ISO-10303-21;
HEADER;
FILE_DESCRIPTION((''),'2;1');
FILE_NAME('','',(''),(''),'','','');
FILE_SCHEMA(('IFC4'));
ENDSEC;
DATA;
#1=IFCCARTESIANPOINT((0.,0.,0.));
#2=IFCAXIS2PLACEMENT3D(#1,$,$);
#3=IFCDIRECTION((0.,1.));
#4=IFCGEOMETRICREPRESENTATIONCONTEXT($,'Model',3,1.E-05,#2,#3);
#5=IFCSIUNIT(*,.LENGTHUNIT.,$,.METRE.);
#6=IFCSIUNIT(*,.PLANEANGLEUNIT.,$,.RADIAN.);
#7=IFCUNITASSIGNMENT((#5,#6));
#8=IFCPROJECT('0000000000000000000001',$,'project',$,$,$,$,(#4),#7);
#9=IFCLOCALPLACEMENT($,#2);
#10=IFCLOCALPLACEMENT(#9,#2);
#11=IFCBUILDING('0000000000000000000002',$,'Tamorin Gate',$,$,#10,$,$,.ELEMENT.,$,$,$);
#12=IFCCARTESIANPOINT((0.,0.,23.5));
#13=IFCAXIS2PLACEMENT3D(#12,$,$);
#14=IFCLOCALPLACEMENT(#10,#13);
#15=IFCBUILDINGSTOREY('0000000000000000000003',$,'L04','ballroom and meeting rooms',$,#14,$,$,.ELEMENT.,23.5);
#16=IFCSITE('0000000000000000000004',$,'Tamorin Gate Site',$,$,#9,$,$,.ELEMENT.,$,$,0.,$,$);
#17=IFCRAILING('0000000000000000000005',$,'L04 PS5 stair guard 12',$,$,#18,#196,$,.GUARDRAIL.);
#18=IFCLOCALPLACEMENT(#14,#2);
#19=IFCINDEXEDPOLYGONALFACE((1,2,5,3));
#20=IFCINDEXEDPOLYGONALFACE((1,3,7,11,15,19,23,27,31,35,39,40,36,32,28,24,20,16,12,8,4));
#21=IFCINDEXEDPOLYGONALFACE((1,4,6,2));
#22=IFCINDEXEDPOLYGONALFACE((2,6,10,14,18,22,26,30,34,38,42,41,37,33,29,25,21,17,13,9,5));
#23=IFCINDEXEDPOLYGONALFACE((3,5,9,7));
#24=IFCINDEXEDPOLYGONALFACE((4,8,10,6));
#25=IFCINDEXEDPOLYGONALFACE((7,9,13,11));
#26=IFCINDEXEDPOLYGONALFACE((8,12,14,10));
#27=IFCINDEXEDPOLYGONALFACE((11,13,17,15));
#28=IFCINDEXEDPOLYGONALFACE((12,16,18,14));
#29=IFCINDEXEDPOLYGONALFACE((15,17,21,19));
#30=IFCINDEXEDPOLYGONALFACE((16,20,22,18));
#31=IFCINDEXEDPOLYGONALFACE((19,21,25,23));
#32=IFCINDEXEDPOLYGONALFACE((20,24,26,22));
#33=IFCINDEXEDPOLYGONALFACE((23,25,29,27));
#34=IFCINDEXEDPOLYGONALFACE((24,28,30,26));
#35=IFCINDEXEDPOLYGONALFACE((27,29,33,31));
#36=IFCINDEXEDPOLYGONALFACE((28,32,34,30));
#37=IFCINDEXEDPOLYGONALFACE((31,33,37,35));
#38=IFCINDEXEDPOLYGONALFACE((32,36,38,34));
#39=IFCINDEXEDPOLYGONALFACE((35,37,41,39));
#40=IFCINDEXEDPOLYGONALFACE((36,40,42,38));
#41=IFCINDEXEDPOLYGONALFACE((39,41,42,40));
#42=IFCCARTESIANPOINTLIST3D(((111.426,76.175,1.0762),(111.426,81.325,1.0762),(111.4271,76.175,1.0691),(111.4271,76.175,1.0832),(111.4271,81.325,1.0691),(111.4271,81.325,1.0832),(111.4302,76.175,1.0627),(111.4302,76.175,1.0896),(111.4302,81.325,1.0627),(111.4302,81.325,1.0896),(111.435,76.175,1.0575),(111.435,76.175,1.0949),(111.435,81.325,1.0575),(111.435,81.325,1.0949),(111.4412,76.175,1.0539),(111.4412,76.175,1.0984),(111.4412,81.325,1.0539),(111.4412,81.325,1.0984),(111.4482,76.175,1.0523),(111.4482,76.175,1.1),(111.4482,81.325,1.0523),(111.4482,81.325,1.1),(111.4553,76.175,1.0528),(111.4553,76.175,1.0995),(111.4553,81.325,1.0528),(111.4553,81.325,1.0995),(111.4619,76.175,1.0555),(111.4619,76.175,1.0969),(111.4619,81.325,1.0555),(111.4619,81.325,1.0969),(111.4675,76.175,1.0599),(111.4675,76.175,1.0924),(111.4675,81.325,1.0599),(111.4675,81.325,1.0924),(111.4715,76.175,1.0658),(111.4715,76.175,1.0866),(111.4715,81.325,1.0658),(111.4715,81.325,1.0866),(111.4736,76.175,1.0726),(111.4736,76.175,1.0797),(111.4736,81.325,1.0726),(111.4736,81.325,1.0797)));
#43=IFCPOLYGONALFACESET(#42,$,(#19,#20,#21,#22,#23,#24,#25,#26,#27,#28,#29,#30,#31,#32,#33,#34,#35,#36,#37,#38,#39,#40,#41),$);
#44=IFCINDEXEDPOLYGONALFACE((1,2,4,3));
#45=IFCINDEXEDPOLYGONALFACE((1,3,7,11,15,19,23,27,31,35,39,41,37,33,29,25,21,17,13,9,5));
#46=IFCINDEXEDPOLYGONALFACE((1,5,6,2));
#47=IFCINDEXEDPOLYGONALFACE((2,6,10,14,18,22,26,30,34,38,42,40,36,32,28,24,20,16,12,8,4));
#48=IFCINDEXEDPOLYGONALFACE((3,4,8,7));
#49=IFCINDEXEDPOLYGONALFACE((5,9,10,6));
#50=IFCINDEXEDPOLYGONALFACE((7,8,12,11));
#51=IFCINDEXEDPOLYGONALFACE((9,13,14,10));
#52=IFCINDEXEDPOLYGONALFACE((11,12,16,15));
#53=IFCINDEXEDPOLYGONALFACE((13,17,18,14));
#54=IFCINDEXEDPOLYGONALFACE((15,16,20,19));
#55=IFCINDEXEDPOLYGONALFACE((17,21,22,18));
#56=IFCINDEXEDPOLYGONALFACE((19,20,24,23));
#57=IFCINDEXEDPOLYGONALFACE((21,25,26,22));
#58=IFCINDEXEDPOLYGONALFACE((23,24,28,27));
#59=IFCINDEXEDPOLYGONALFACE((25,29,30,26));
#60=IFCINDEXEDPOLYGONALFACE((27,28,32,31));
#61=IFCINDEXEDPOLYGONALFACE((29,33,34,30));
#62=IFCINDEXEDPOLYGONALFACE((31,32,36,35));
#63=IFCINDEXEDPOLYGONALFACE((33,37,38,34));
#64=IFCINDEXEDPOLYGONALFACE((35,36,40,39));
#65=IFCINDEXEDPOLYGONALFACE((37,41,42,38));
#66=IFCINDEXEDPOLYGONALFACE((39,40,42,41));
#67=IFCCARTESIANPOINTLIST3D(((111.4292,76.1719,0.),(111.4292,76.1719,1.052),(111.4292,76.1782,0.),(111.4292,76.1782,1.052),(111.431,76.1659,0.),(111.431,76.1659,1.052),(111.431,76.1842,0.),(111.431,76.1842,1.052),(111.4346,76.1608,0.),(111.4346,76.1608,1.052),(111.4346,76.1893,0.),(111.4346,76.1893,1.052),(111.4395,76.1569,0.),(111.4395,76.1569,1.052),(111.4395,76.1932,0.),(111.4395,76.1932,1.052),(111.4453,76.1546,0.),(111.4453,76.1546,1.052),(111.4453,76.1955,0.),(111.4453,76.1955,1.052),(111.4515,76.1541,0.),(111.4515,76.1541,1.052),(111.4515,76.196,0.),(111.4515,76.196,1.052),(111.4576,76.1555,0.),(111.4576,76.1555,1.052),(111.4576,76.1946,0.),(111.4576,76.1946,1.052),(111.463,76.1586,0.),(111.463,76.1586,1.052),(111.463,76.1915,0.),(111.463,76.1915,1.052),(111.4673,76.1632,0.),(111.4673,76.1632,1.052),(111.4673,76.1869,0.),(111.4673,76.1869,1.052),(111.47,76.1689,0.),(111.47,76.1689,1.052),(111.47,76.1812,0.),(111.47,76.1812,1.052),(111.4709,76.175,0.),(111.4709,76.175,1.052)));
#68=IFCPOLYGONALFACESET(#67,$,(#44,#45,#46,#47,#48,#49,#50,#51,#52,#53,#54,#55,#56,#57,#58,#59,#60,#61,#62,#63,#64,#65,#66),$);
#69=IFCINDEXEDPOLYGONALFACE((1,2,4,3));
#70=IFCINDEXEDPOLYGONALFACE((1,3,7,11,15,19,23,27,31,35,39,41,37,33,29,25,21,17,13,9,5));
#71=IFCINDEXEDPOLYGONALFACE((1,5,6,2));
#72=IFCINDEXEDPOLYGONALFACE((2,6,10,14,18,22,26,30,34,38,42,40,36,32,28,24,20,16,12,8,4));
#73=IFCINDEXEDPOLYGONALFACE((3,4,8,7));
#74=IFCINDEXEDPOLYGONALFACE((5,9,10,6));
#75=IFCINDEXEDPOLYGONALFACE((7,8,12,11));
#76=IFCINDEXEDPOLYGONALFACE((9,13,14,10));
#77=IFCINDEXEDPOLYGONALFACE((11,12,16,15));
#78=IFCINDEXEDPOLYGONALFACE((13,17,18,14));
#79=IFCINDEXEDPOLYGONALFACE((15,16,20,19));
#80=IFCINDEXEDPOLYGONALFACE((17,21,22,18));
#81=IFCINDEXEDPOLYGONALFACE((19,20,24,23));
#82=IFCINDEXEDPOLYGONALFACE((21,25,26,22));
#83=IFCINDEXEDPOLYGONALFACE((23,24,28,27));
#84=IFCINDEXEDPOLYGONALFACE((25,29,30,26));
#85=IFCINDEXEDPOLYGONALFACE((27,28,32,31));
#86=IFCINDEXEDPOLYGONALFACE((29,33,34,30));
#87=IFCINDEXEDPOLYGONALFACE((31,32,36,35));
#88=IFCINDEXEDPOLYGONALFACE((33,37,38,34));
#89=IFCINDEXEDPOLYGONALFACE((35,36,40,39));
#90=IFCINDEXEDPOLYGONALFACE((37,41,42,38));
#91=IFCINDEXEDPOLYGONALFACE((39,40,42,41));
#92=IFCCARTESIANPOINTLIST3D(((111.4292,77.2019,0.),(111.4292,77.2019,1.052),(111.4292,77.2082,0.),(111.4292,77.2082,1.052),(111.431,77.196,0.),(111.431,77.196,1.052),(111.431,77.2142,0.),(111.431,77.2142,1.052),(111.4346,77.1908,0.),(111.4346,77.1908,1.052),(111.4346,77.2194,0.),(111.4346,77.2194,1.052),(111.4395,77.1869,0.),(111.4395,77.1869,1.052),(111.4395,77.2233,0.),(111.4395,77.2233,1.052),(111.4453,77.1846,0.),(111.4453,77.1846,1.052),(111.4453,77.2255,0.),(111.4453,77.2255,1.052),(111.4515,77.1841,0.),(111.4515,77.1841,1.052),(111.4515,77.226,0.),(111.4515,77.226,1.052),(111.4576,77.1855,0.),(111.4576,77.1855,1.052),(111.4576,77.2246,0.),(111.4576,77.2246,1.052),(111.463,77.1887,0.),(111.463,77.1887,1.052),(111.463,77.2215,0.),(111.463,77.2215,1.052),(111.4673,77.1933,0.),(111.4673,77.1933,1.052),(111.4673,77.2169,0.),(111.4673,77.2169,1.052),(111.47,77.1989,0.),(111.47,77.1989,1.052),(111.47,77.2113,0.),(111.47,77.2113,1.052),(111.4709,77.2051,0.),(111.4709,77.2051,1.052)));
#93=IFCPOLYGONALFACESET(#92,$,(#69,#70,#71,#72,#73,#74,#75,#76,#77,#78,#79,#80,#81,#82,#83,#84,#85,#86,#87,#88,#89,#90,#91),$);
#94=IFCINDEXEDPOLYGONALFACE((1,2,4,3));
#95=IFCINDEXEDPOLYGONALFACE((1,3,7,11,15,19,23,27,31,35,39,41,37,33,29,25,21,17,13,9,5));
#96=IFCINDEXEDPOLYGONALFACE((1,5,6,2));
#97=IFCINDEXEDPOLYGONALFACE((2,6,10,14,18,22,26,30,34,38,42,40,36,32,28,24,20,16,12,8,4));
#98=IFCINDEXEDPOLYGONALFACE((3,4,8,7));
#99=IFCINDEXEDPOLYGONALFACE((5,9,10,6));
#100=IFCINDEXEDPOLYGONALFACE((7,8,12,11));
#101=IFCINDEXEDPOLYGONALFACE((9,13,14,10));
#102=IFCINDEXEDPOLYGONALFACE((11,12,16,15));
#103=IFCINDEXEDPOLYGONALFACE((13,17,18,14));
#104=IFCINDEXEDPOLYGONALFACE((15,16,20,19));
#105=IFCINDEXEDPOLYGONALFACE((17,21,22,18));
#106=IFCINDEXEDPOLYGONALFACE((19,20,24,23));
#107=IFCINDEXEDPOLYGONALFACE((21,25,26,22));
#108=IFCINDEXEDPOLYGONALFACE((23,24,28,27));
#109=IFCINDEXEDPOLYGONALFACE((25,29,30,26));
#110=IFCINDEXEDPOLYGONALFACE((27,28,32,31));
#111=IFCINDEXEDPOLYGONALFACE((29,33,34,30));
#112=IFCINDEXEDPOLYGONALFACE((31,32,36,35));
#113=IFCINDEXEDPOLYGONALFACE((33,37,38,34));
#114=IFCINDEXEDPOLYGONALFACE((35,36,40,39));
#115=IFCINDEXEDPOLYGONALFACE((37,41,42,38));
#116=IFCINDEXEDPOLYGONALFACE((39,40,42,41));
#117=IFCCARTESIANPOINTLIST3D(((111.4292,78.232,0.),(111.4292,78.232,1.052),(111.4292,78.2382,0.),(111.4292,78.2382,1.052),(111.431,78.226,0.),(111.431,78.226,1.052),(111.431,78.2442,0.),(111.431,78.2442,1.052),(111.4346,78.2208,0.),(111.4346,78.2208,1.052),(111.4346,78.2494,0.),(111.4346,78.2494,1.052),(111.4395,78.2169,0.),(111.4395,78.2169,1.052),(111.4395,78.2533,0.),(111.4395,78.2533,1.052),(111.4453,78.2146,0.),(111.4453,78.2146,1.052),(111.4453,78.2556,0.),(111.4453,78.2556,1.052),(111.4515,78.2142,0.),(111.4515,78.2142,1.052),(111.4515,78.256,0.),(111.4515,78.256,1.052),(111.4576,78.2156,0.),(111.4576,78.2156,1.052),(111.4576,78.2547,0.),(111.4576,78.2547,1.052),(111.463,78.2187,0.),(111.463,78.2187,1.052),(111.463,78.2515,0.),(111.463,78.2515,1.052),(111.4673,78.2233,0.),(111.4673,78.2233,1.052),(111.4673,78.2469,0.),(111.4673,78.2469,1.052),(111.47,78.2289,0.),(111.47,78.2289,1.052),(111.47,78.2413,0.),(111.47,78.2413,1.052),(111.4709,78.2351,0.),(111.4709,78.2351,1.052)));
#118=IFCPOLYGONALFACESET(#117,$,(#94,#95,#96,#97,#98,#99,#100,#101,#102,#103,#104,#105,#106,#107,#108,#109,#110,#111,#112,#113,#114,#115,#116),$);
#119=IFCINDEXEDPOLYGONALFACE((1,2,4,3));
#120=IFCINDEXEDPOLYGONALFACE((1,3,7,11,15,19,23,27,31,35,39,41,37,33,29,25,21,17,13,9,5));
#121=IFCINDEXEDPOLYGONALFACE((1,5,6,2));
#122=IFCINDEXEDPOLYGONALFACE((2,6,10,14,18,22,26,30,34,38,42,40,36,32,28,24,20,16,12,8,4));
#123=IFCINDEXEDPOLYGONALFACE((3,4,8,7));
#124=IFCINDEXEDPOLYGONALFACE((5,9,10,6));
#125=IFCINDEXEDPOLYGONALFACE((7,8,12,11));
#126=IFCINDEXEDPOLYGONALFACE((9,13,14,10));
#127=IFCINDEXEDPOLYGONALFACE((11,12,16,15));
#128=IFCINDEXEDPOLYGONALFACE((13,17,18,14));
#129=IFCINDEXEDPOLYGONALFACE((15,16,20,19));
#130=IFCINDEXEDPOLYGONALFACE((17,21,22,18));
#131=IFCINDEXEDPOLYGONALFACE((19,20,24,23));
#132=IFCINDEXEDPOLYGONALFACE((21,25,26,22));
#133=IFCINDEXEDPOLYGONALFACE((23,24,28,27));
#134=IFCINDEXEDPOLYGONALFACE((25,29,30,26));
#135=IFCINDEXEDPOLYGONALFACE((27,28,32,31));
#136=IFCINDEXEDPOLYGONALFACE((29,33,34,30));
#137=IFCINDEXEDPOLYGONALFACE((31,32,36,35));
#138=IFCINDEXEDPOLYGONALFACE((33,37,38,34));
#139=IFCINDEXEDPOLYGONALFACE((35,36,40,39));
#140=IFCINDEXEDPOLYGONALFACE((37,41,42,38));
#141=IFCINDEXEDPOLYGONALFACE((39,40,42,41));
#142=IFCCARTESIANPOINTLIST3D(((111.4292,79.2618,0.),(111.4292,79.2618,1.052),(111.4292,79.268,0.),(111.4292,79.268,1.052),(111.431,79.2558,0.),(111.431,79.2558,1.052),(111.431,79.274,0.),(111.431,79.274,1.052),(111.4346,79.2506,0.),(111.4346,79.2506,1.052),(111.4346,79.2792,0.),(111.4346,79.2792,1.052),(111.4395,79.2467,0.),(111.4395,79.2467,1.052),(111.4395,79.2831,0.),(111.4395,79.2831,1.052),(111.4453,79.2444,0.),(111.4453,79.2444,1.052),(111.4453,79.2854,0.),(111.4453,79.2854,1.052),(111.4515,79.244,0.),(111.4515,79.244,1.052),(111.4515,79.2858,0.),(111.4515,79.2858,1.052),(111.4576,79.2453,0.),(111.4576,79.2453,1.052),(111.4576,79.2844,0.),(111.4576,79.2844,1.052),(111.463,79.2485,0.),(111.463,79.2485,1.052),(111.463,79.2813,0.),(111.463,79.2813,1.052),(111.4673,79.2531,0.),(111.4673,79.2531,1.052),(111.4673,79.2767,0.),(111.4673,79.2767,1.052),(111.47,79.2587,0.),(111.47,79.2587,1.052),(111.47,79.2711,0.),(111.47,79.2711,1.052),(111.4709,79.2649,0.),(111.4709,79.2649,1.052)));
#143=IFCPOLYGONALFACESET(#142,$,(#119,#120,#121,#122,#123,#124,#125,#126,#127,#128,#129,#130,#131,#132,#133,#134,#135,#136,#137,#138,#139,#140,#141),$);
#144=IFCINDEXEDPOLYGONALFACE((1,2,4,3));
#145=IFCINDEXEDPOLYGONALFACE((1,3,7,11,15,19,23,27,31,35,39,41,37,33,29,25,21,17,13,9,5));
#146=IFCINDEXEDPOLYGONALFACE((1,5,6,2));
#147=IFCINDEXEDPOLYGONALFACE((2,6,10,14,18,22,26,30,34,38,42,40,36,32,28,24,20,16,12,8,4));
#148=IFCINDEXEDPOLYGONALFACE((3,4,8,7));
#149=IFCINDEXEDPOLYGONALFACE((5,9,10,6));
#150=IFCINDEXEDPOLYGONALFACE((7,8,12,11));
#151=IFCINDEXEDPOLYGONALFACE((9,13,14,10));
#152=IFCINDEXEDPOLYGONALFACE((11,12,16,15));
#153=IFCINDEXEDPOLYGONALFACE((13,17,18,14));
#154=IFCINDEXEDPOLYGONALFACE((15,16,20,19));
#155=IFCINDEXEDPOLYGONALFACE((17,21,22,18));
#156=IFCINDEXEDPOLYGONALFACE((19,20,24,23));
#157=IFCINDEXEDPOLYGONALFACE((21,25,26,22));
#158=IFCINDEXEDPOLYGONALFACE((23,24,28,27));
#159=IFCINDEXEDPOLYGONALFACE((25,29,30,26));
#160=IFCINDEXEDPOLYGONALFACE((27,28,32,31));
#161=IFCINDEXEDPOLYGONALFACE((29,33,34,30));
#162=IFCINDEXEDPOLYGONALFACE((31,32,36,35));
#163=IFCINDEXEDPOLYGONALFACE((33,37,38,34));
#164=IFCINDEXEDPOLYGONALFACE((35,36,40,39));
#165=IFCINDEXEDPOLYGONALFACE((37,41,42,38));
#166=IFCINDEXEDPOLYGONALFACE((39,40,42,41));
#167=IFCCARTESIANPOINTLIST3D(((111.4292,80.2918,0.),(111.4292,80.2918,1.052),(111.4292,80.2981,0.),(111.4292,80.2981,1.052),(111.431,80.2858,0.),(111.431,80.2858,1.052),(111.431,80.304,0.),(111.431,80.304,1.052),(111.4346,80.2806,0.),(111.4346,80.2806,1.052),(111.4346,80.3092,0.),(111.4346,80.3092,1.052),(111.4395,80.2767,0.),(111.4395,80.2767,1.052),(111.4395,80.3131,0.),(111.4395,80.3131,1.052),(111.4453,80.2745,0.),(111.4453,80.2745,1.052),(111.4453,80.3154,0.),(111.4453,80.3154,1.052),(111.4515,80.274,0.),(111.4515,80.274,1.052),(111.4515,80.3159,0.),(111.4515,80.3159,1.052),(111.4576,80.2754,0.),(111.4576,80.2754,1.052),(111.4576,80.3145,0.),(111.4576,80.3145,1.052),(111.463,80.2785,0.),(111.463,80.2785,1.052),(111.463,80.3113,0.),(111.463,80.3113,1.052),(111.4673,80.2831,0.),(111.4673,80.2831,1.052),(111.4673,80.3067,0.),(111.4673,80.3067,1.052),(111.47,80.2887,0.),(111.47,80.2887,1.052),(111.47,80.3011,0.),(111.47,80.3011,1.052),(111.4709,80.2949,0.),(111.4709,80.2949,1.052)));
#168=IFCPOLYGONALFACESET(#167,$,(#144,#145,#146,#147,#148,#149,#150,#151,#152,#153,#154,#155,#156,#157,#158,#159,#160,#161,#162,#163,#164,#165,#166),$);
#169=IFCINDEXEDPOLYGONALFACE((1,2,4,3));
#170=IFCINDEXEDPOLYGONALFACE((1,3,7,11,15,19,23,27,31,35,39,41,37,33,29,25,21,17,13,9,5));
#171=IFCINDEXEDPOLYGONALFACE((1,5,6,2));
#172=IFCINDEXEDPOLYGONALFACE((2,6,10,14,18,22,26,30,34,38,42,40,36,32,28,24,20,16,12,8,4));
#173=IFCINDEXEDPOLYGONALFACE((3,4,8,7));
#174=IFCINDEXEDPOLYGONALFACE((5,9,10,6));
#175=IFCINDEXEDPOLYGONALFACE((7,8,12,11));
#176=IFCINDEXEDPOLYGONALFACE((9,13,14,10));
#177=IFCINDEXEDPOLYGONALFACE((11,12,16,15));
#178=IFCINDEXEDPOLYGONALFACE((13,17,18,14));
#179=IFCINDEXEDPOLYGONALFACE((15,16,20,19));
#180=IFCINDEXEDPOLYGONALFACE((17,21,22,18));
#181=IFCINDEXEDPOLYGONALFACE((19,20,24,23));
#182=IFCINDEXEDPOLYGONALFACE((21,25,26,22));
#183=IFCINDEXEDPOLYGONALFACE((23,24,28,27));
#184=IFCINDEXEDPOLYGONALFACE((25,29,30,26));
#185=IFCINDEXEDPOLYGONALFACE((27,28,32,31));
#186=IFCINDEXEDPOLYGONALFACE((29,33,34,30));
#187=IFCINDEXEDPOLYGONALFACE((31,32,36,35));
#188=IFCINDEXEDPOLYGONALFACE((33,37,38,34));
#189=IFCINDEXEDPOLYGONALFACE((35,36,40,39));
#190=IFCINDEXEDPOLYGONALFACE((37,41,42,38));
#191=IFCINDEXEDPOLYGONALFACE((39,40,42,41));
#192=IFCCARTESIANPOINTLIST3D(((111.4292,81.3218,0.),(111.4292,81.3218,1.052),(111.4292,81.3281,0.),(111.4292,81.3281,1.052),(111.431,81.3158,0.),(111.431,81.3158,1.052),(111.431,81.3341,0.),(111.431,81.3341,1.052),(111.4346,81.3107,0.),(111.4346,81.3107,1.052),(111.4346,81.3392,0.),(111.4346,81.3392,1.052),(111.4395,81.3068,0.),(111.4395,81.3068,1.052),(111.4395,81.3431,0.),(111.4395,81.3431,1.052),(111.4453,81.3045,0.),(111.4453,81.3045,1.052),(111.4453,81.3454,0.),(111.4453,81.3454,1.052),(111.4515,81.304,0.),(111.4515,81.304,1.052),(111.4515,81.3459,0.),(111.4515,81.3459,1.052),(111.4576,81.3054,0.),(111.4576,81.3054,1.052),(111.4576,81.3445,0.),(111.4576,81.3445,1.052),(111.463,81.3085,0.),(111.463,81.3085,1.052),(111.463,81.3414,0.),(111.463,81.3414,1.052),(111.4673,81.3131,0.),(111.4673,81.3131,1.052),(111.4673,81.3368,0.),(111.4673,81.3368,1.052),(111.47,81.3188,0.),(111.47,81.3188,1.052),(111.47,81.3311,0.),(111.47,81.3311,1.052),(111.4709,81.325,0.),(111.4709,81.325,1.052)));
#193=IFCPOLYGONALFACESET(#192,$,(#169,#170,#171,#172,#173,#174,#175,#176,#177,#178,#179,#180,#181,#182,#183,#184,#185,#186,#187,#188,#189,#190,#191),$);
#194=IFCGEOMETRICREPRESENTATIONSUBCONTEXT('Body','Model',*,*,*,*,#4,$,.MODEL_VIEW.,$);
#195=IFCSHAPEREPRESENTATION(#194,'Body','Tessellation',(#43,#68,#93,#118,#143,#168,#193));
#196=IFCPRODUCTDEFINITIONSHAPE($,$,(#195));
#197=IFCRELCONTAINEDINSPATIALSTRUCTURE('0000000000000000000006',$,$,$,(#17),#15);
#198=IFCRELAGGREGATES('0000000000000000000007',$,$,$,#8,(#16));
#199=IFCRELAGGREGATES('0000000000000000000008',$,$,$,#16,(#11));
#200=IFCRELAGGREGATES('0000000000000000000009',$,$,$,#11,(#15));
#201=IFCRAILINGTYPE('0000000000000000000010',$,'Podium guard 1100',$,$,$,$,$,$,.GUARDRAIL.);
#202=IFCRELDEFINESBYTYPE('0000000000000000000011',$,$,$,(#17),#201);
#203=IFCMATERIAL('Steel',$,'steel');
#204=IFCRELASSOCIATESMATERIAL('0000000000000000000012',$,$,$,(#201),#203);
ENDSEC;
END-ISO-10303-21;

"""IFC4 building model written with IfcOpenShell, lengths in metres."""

from ifc_helpers import new_model, si_unit, direction, frame, origin, origin_2d, place, context, subcontext, project, spatial, circle, extrude, material, type_object, element, save


model = new_model("IFC4")

# Units and contexts
model_context = context("Model", 3, precision=1e-05, world=origin(), true_north=direction((0.0, 1.0)))
body_context = subcontext(model_context, "Body", "Model", "MODEL_VIEW")
ifc_project = project(units=[si_unit("LENGTHUNIT", "METRE"), si_unit("PLANEANGLEUNIT", "RADIAN")], contexts=[model_context])

# Site, building, storey
site_placement = place(None, origin())
site = spatial("IfcSite", under=ifc_project, at=site_placement, Name="Tamorin Gate Site", CompositionType="ELEMENT", RefElevation=0.0)
building_placement = place(site_placement, origin())
building = spatial("IfcBuilding", under=site, at=building_placement, Name="Tamorin Gate", CompositionType="ELEMENT")
storey_placement = place(building_placement, frame((0.0, 0.0, 23.5)))
storey = spatial("IfcBuildingStorey", under=building, at=storey_placement, Name="L04", Description="ballroom and meeting rooms", CompositionType="ELEMENT", Elevation=23.5)

# Railing
ifc_material_1 = material(Name="Steel", Category="steel")
railing_type = type_object("IfcRailingType", Name="Podium guard 1100", PredefinedType="GUARDRAIL", material=ifc_material_1)
railing_1_placement = place(storey_placement, frame((111.45, 76.175, 0.0)))
element("IfcRailing", 1, at=railing_1_placement, inside=storey, type_object=railing_type, Name="L04 PS5 stair guard 12", PredefinedType="GUARDRAIL", context=body_context, shape_type="SweptSolid", body=[
    extrude(circle(Radius=0.0239, at=origin_2d()), frame((0.0, 0.0, 1.0762), z_axis=(0.0, 1.0, 0.0), x_axis=(-1.0, 0.0, 0.0)), (0.0, 0.0, 1.0), 5.1499),
    extrude(circle(Radius=0.021, at=origin_2d()), origin(), (0.0, 0.0, 1.0), 1.052),
    extrude(circle(Radius=0.021, at=origin_2d()), frame((0.0, 1.03, 0.0)), (0.0, 0.0, 1.0), 1.052),
    extrude(circle(Radius=0.021, at=origin_2d()), frame((0.0, 2.0601, 0.0)), (0.0, 0.0, 1.0), 1.052),
    extrude(circle(Radius=0.021, at=origin_2d()), frame((0.0, 3.0898, 0.0)), (0.0, 0.0, 1.0), 1.052),
    extrude(circle(Radius=0.021, at=origin_2d()), frame((0.0, 4.1199, 0.0)), (0.0, 0.0, 1.0), 1.052),
    extrude(circle(Radius=0.021, at=origin_2d()), frame((0.0, 5.1499, 0.0)), (0.0, 0.0, 1.0), 1.052),
])

save(model, "model.ifc")
